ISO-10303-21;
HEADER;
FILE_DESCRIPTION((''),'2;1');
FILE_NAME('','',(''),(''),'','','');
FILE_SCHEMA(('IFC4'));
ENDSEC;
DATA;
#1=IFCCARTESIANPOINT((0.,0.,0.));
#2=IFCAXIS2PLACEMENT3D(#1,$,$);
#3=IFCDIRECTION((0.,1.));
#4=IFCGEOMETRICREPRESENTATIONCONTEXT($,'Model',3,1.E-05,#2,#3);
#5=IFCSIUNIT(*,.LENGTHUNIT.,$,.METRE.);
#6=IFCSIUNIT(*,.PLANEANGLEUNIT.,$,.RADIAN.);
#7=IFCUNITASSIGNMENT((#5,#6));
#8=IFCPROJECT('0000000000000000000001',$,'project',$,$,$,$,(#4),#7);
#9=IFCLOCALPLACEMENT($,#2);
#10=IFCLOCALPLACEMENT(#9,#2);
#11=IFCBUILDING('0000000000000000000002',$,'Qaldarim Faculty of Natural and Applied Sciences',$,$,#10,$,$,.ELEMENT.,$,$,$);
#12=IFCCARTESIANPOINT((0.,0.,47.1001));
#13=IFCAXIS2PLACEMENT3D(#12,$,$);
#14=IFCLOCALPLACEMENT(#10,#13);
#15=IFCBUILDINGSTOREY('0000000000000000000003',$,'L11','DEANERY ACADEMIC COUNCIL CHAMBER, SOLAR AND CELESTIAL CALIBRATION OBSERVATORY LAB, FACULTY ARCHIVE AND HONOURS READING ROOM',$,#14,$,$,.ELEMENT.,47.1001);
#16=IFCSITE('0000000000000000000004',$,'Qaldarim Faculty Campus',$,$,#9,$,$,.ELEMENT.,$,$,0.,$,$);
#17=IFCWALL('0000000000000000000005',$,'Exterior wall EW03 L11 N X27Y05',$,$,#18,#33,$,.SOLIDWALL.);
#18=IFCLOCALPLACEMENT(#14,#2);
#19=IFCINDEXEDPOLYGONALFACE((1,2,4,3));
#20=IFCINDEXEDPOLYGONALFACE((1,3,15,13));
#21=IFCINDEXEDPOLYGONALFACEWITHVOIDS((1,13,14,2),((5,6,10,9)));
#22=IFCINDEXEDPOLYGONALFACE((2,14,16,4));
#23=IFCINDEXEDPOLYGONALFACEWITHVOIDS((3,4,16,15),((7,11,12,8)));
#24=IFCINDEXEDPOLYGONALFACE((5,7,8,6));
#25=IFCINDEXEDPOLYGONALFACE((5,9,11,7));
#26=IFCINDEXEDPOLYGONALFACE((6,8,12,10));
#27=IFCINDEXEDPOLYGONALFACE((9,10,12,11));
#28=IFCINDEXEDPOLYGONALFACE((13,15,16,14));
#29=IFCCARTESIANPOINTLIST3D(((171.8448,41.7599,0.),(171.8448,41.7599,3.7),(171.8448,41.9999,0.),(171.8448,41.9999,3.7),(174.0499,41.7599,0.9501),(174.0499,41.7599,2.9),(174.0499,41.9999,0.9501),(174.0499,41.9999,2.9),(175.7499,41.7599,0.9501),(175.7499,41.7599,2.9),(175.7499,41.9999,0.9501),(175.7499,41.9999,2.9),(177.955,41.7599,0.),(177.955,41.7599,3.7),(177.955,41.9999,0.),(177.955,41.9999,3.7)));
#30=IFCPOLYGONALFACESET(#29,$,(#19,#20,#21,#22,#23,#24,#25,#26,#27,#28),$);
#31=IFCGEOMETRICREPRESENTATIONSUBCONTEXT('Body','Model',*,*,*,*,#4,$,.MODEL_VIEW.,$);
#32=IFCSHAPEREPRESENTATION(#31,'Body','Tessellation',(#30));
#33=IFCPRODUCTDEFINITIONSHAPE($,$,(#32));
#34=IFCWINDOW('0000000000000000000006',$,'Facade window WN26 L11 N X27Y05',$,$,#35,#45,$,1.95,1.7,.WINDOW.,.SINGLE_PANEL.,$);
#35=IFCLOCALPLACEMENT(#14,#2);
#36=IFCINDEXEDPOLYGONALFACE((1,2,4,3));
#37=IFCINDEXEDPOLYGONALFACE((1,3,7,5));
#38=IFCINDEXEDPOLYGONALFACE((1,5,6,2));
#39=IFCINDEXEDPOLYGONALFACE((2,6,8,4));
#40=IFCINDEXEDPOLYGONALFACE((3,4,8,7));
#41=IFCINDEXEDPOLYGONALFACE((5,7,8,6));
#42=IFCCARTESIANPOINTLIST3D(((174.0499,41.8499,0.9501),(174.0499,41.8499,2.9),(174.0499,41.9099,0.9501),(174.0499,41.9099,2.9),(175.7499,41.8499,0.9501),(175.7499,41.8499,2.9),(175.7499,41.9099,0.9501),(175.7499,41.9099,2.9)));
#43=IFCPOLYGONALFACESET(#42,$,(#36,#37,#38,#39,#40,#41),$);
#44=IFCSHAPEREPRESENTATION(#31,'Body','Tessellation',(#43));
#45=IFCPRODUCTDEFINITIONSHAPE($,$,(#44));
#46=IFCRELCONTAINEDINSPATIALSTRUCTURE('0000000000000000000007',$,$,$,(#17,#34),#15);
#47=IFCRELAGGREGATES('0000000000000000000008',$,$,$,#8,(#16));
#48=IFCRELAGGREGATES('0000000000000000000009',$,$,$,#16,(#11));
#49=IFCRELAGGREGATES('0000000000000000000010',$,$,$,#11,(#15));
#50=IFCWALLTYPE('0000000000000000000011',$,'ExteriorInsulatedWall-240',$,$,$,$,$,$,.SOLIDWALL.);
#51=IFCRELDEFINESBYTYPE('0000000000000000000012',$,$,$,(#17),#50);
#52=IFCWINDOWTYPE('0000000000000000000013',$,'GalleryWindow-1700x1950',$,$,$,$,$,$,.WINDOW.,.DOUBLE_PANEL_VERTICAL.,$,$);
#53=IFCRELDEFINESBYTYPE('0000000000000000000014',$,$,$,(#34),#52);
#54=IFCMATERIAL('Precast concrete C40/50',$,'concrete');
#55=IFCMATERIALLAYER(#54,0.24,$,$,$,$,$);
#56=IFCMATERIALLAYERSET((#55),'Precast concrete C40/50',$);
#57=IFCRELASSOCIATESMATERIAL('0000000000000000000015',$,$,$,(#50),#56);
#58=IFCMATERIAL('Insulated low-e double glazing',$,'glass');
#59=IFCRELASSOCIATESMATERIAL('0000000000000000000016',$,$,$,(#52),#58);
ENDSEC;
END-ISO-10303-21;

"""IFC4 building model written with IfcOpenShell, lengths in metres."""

from ifc_helpers import new_model, si_unit, direction, frame, frame_2d, origin, place, context, subcontext, project, spatial, rectangle, extrude, material, layer, layer_set, type_object, element, fill, save


model = new_model("IFC4")

# Units and contexts
model_context = context("Model", 3, precision=1e-05, world=origin(), true_north=direction((0.0, 1.0)))
body_context = subcontext(model_context, "Body", "Model", "MODEL_VIEW")
ifc_project = project(units=[si_unit("LENGTHUNIT", "METRE"), si_unit("PLANEANGLEUNIT", "RADIAN")], contexts=[model_context])

# Site, building, storey
site_placement = place(None, origin())
site = spatial("IfcSite", under=ifc_project, at=site_placement, Name="Qaldarim Faculty Campus", CompositionType="ELEMENT", RefElevation=0.0)
building_placement = place(site_placement, origin())
building = spatial("IfcBuilding", under=site, at=building_placement, Name="Qaldarim Faculty of Natural and Applied Sciences", CompositionType="ELEMENT")
storey_placement = place(building_placement, frame((0.0, 0.0, 47.1001)))
storey = spatial("IfcBuildingStorey", under=building, at=storey_placement, Name="L11", Description="DEANERY ACADEMIC COUNCIL CHAMBER, SOLAR AND CELESTIAL CALIBRATION OBSERVATORY LAB, FACULTY ARCHIVE AND HONOURS READING ROOM", CompositionType="ELEMENT", Elevation=47.1001)

# Wall, opening, window
ifc_material_1 = material(Name="Precast concrete C40/50", Category="concrete")
ifc_layer_1 = layer(ifc_material_1, 0.24)
ifc_layer_set_1 = layer_set([ifc_layer_1], Name="Precast concrete C40/50")
wall_type = type_object("IfcWallType", Name="ExteriorInsulatedWall-240", PredefinedType="SOLIDWALL", material=ifc_layer_set_1)
wall_placement = place(storey_placement, frame((177.9551, 41.8799, 0.0), z_axis=(0.0, 0.0, 1.0), x_axis=(-1.0, 0.0, 0.0)))
wall = element("IfcWall", 1, at=wall_placement, inside=storey, type_object=wall_type, Name="Exterior wall EW03 L11 N X27Y05", PredefinedType="SOLIDWALL", context=body_context, shape_type="SweptSolid", body=[
    extrude(rectangle(XDim=6.1101, YDim=0.24, at=frame_2d((3.0552, 0.0))), origin(), (0.0, 0.0, 1.0), 3.7),
])
opening_placement = place(wall_placement, frame((2.2051, 0.0, 0.95)))
opening = element("IfcOpeningElement", 2, at=opening_placement, cuts=wall, PredefinedType="OPENING", context=body_context, shape_type="SweptSolid", body=[
    extrude(rectangle(XDim=1.7, YDim=1.95, at=frame_2d((0.8501, 0.9751))), frame((0.0, 0.1299, 0.0), z_axis=(0.0, -1.0, 0.0), x_axis=(1.0, 0.0, 0.0)), (0.0, 0.0, 1.0), 0.26),
])
ifc_material_2 = material(Name="Insulated low-e double glazing", Category="glass")
window_type = type_object("IfcWindowType", Name="GalleryWindow-1700x1950", PartitioningType="DOUBLE_PANEL_VERTICAL", PredefinedType="WINDOW", material=ifc_material_2)
window_placement = place(opening_placement, origin())
window = element("IfcWindow", 3, at=window_placement, inside=storey, type_object=window_type, Name="Facade window WN26 L11 N X27Y05", OverallHeight=1.95, OverallWidth=1.7, PartitioningType="SINGLE_PANEL", PredefinedType="WINDOW", context=body_context, shape_type="SweptSolid", body=[
    extrude(rectangle(XDim=1.7, YDim=1.95, at=frame_2d((0.8501, 0.9751))), frame((0.0, 0.03, 0.0), z_axis=(0.0, -1.0, 0.0), x_axis=(1.0, 0.0, 0.0)), (0.0, 0.0, 1.0), 0.0601),
])
fill(opening, window)

save(model, "model.ifc")
